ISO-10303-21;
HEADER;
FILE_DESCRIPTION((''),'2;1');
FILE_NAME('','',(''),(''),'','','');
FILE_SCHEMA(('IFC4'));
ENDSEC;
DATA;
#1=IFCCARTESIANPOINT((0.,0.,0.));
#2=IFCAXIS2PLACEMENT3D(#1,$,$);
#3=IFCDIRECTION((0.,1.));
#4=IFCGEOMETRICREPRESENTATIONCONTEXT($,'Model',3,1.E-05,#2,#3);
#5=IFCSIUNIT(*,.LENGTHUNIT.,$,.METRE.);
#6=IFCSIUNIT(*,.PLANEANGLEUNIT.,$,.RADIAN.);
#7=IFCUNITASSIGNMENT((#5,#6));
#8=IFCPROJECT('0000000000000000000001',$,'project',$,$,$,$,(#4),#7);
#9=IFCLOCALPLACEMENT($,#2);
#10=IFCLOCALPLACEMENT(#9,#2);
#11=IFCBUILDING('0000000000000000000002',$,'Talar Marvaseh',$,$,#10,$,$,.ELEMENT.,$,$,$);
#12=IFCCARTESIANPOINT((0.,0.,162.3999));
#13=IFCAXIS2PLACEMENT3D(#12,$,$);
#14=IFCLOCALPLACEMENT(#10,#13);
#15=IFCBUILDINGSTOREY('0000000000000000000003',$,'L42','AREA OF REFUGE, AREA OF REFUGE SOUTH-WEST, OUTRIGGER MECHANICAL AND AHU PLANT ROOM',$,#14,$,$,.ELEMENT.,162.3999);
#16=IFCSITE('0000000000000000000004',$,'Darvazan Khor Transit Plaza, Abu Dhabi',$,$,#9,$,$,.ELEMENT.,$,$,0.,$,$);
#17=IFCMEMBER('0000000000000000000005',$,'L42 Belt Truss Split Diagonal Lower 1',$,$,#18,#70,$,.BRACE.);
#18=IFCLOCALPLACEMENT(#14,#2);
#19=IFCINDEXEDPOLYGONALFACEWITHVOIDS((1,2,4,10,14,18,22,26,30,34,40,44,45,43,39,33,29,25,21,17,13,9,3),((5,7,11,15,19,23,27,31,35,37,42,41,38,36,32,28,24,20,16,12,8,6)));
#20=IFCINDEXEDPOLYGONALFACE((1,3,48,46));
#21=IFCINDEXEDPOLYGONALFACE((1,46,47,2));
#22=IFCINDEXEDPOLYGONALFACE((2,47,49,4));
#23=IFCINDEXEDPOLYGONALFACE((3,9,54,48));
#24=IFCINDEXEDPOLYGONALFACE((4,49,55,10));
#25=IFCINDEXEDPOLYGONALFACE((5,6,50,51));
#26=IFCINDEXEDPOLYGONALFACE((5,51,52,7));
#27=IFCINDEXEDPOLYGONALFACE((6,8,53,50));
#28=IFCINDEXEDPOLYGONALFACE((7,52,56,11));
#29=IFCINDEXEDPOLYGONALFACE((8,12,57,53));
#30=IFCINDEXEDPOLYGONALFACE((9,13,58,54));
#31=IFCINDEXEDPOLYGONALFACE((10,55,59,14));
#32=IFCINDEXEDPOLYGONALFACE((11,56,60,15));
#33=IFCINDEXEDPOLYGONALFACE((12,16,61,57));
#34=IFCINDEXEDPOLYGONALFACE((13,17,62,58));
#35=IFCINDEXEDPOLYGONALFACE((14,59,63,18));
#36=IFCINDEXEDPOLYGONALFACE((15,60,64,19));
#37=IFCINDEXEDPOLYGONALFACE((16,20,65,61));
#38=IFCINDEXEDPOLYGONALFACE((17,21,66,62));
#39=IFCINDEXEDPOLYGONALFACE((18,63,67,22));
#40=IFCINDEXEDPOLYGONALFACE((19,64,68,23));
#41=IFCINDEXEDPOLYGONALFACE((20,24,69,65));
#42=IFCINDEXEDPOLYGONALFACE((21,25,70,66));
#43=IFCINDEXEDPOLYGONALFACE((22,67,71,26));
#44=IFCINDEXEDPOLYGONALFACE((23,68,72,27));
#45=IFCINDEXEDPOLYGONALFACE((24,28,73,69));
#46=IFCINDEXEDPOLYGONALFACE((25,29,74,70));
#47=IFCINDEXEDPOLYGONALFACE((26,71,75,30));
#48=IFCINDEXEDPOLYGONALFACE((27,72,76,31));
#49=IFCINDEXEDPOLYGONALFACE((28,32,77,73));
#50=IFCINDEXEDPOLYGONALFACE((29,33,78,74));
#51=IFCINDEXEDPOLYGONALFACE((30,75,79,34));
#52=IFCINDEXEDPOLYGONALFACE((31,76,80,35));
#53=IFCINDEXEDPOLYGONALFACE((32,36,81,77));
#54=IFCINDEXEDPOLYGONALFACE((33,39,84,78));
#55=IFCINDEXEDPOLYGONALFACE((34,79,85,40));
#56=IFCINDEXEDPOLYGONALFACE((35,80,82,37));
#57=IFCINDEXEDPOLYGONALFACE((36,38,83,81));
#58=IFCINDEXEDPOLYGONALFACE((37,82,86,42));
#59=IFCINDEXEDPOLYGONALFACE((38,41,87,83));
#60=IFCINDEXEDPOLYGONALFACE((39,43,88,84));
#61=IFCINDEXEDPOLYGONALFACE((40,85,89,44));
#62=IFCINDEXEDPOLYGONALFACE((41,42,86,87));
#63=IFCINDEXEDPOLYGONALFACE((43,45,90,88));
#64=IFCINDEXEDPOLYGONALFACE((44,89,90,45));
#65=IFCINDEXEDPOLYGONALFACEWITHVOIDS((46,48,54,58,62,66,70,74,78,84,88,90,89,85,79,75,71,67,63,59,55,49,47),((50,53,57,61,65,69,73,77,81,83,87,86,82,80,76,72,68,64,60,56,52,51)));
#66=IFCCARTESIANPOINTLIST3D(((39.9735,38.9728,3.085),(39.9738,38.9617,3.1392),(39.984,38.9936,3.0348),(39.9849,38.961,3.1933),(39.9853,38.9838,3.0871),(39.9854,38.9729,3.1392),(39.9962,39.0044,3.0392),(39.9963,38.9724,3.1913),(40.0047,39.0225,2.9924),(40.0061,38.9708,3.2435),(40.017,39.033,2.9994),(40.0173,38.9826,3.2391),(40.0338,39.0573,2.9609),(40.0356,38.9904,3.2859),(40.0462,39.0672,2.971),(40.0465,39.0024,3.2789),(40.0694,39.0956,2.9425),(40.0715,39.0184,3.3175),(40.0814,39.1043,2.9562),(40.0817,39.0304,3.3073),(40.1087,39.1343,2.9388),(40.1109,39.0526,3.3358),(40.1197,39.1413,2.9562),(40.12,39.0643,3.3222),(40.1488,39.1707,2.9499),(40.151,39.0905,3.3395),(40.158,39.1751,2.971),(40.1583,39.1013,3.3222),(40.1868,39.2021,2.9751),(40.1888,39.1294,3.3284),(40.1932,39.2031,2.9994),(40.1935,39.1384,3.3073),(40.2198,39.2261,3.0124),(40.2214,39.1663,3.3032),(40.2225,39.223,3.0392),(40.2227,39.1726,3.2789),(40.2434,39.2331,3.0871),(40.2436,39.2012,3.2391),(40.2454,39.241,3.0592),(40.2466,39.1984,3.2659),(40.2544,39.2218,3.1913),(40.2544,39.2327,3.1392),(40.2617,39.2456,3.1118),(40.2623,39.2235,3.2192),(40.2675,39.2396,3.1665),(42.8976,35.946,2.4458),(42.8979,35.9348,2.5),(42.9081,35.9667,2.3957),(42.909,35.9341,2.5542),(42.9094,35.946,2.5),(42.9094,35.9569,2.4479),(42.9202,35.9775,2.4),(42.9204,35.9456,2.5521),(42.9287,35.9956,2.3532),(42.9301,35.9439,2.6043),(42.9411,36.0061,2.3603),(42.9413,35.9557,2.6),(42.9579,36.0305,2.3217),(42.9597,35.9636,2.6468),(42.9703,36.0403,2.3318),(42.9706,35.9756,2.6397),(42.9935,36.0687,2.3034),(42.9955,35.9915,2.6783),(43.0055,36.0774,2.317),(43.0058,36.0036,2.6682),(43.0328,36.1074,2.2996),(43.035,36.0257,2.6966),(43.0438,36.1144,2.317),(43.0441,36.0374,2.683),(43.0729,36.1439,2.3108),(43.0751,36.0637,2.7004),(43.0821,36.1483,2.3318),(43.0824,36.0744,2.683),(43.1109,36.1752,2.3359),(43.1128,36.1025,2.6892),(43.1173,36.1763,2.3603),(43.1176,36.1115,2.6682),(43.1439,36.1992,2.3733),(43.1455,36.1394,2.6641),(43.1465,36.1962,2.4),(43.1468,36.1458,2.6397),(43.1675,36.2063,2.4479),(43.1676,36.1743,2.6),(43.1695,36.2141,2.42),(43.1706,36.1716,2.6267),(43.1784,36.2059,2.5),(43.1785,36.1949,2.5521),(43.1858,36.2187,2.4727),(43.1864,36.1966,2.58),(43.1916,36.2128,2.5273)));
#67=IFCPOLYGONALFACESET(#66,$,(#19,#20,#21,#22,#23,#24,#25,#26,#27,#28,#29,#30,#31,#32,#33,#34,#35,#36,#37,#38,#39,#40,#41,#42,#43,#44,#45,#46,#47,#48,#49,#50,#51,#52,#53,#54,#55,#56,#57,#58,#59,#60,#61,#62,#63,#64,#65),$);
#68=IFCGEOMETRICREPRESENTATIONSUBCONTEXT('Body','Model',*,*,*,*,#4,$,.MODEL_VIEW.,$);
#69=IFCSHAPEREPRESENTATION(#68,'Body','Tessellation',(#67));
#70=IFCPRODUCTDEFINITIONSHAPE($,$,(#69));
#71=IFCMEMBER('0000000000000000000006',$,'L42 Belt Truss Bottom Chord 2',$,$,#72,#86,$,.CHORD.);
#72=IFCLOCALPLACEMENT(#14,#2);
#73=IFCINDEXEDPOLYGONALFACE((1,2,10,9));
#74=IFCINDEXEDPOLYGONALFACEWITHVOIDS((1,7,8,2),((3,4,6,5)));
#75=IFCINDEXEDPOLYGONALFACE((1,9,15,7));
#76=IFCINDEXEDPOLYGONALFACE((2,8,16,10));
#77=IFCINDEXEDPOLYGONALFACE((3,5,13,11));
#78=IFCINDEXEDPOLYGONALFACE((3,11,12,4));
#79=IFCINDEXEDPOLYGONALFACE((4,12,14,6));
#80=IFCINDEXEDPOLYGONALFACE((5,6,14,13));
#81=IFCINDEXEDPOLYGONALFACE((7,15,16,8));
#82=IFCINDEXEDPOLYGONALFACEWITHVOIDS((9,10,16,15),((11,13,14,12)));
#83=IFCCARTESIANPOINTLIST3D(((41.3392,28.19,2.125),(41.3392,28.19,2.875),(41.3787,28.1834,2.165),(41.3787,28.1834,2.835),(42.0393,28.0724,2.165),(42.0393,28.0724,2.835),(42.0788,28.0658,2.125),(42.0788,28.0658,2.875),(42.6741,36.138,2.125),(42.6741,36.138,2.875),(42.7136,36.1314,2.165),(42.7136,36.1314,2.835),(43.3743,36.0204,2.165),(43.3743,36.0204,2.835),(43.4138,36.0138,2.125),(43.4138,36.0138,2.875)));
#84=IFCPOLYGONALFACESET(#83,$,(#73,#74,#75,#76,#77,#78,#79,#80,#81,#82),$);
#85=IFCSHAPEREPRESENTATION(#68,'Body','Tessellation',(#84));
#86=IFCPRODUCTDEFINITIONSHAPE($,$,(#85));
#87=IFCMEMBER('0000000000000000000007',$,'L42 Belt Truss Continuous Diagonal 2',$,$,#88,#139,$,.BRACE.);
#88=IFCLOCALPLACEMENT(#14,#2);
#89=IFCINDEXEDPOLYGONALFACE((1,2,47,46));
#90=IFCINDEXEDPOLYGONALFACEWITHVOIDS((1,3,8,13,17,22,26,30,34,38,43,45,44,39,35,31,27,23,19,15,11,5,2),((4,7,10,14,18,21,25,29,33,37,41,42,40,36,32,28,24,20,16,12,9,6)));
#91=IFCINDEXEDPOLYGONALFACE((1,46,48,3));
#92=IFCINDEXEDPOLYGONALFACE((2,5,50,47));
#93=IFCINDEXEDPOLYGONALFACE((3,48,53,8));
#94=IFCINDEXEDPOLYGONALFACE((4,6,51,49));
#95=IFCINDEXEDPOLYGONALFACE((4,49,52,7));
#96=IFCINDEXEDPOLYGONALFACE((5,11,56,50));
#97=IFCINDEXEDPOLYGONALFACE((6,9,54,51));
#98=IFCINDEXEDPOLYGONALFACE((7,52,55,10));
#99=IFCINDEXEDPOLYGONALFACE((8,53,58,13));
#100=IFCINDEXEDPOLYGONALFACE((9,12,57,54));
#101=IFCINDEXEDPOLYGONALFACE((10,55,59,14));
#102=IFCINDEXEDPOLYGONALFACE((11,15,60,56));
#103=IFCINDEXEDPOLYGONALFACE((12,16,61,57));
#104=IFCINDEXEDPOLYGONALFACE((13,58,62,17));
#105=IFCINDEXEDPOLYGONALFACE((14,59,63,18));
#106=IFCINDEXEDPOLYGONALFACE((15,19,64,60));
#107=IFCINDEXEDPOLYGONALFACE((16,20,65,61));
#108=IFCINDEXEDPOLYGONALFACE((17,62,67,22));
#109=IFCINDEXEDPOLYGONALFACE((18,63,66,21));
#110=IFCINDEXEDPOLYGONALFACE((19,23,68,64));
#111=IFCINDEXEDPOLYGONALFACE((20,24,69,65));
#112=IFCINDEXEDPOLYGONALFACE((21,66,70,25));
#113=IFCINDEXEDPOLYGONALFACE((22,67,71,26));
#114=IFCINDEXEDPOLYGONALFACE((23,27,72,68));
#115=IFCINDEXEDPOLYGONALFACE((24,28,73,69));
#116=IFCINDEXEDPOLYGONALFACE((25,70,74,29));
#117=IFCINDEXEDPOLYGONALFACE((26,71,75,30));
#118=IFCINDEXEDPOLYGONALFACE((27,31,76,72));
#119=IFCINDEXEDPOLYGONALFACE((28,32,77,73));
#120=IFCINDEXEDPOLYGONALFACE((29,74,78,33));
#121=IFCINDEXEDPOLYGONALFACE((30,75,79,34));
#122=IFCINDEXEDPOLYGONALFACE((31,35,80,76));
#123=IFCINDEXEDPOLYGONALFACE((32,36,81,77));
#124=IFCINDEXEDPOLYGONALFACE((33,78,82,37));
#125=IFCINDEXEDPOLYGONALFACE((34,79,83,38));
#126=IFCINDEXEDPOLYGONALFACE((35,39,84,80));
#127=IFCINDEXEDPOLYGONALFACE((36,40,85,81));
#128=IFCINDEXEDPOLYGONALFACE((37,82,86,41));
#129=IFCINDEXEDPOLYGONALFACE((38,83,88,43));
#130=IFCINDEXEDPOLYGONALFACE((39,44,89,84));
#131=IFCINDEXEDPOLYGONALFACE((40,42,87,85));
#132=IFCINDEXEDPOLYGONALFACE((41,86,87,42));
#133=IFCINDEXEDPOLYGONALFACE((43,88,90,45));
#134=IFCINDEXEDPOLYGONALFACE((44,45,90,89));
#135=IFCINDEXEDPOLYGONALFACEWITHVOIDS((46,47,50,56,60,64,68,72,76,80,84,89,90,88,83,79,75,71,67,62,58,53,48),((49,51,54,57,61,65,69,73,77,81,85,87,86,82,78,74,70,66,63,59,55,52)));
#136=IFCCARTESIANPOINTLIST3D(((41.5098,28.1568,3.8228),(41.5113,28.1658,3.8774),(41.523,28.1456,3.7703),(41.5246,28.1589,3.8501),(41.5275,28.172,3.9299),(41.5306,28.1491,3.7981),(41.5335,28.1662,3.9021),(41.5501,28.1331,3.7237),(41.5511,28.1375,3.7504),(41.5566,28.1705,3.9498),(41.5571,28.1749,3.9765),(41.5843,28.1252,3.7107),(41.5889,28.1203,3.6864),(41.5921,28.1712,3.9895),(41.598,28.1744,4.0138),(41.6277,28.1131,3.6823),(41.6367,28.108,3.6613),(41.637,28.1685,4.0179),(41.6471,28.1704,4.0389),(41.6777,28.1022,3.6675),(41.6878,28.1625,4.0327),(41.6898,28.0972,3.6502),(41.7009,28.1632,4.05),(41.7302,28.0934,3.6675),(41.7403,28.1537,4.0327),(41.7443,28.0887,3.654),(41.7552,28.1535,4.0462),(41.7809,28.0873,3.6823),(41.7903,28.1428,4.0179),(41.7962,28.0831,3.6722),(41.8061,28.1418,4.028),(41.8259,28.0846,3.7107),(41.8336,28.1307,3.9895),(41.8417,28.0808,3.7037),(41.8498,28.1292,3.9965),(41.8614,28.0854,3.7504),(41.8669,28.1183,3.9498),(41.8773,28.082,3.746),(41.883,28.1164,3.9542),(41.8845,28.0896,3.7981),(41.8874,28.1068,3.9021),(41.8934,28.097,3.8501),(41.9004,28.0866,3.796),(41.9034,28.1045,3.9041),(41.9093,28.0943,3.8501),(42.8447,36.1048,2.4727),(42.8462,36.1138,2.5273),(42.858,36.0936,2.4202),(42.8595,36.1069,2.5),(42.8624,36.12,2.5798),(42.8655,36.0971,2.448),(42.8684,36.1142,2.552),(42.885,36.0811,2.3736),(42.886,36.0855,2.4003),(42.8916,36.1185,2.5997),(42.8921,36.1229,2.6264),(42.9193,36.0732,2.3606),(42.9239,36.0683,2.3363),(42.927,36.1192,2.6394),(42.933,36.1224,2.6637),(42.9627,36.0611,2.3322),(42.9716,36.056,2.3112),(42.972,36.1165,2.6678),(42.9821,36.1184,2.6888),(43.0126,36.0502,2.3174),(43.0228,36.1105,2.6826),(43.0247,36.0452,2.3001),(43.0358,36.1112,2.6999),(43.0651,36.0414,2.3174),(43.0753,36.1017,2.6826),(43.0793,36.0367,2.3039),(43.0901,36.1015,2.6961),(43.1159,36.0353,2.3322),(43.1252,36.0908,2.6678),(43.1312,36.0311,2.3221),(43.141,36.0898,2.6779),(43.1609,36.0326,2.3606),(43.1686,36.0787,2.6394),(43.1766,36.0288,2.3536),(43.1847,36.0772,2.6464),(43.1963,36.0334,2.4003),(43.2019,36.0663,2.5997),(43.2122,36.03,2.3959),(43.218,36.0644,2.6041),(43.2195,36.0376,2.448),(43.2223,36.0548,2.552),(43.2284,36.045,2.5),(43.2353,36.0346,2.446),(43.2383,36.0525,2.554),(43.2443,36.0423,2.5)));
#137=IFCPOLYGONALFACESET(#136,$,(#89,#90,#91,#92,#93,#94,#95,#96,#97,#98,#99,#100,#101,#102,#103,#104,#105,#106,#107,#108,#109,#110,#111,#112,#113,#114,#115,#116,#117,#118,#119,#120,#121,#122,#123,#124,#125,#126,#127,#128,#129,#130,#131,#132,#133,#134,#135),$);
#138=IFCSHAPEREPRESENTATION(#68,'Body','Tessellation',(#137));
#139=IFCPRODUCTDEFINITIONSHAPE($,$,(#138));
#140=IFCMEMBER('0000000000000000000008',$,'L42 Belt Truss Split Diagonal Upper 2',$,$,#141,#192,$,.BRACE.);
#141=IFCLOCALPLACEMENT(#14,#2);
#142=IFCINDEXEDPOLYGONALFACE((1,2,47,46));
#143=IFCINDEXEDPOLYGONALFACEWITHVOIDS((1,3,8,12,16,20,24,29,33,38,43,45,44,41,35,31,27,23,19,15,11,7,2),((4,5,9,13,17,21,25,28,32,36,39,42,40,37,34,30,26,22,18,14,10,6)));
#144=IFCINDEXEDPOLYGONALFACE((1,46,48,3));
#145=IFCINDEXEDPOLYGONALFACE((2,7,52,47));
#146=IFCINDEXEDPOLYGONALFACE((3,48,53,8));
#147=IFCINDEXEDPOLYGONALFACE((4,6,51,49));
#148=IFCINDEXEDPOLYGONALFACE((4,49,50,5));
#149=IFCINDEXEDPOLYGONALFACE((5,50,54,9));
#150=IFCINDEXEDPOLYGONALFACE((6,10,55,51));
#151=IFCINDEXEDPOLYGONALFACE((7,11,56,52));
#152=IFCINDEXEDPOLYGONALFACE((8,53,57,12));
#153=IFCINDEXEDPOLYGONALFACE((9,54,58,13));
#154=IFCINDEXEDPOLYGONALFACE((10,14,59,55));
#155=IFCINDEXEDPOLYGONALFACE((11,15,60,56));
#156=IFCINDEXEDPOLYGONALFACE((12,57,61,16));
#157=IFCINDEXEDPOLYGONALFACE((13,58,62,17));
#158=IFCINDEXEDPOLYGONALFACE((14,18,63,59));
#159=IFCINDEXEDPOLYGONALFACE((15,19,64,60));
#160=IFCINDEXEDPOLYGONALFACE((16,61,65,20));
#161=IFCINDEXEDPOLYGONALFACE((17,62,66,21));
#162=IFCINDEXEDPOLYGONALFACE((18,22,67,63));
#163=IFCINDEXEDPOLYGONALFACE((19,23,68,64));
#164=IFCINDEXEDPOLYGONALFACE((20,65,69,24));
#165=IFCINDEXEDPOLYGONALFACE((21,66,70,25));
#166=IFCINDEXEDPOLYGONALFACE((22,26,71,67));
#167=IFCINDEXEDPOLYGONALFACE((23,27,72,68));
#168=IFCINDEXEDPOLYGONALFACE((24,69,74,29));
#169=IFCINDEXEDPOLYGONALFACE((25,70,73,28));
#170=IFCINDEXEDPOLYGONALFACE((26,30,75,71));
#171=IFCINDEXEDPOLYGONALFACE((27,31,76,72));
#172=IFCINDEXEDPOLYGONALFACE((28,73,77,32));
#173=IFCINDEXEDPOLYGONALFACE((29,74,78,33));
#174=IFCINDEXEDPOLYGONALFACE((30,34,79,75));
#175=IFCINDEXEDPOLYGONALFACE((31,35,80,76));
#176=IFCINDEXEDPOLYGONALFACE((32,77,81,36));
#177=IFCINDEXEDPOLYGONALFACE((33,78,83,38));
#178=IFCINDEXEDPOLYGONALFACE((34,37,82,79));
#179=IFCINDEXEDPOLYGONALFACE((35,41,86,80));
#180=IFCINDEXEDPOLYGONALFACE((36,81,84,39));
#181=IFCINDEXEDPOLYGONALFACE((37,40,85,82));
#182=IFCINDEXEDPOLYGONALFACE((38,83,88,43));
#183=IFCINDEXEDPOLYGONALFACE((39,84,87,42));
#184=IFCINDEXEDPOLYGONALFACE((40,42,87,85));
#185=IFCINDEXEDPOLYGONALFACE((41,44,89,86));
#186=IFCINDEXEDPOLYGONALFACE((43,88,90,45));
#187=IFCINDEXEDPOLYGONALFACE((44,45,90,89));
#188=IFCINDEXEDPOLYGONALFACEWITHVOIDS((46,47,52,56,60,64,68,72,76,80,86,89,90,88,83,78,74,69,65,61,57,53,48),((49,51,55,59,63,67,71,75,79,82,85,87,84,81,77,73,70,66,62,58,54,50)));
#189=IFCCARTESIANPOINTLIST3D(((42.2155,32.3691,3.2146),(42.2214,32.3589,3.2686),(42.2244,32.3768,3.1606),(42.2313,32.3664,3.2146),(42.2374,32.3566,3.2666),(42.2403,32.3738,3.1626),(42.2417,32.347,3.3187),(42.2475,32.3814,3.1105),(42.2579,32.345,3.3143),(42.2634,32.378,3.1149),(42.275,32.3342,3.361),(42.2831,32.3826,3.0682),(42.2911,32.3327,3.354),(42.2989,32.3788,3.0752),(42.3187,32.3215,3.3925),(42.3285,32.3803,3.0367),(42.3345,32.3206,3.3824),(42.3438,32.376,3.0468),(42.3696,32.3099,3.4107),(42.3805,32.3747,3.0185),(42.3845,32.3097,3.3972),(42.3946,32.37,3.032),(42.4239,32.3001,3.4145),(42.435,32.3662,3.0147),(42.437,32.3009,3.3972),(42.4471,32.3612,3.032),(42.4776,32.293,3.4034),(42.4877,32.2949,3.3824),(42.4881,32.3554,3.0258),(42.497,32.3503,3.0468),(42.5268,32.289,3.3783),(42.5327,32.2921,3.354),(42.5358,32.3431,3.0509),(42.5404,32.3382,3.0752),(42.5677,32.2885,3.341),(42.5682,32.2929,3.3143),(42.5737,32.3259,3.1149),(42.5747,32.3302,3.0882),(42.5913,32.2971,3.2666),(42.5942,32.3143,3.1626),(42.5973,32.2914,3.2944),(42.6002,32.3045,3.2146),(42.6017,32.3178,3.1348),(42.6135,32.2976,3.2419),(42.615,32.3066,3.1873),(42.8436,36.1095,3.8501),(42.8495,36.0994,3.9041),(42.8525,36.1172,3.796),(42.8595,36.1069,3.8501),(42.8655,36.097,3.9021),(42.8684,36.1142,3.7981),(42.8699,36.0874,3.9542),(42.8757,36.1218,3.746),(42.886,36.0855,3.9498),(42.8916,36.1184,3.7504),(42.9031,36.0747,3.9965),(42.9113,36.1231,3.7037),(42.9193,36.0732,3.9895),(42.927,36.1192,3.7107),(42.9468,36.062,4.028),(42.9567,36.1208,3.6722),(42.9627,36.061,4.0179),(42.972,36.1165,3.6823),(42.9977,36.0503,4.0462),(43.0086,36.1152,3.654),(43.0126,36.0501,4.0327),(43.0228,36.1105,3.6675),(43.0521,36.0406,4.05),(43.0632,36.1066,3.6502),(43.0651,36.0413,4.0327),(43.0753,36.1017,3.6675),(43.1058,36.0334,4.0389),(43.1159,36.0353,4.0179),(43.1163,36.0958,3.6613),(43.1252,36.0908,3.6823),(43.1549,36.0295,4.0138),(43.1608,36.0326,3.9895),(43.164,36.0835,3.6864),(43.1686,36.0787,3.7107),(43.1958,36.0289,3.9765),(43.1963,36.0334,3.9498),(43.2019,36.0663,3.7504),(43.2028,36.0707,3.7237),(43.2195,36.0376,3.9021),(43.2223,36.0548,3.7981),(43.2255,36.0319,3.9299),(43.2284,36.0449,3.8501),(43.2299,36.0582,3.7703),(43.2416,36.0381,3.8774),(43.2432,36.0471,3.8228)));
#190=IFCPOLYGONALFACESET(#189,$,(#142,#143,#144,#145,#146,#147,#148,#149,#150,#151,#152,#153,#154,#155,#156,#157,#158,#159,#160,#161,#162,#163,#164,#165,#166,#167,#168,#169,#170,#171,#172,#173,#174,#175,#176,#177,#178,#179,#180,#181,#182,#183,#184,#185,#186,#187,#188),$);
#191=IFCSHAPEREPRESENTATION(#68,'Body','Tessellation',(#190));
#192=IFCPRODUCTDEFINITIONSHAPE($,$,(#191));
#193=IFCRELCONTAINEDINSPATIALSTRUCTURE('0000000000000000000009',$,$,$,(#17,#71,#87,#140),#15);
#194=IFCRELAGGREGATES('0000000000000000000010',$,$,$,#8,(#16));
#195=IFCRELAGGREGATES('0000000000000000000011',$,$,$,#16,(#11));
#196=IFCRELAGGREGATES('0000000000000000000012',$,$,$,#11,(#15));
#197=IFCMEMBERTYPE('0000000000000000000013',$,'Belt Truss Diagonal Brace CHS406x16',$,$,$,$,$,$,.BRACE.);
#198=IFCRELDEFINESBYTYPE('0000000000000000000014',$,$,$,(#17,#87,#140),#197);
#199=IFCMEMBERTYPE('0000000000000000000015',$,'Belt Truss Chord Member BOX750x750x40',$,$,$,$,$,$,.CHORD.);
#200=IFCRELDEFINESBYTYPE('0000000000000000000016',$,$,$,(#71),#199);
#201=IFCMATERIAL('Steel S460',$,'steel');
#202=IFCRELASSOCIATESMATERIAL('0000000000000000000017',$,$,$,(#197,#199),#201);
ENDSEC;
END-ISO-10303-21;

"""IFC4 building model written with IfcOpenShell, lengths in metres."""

from ifc_helpers import new_model, si_unit, direction, frame, origin, origin_2d, place, context, subcontext, project, spatial, hollow_rectangle, hollow_circle, extrude, source, transform, mapped, material, material_profile, profile_set, type_object, type_shapes, element, save


model = new_model("IFC4")

# Units and contexts
model_context = context("Model", 3, precision=1e-05, world=origin(), true_north=direction((0.0, 1.0)))
body_context = subcontext(model_context, "Body", "Model", "MODEL_VIEW")
ifc_project = project(units=[si_unit("LENGTHUNIT", "METRE"), si_unit("PLANEANGLEUNIT", "RADIAN")], contexts=[model_context])

# Site, building, storey
site_placement = place(None, origin())
site = spatial("IfcSite", under=ifc_project, at=site_placement, Name="Darvazan Khor Transit Plaza, Abu Dhabi", CompositionType="ELEMENT", RefElevation=0.0)
building_placement = place(site_placement, origin())
building = spatial("IfcBuilding", under=site, at=building_placement, Name="Talar Marvaseh", CompositionType="ELEMENT")
storey_placement = place(building_placement, frame((0.0, 0.0, 162.3999)))
storey = spatial("IfcBuildingStorey", under=building, at=storey_placement, Name="L42", Description="AREA OF REFUGE, AREA OF REFUGE SOUTH-WEST, OUTRIGGER MECHANICAL AND AHU PLANT ROOM", CompositionType="ELEMENT", Elevation=162.3999)

# Shared definitions
ifc_material_1 = material(Name="Steel S460", Category="steel")

# Members
ifc_material_profile_1 = material_profile(ifc_material_1, hollow_circle(Radius=0.2031, WallThickness=0.0161, at=origin_2d()), Name="CHS406x16")
ifc_profile_set_1 = profile_set([ifc_material_profile_1], Name="Steel S460")
member_type_1 = type_object("IfcMemberType", Name="Belt Truss Diagonal Brace CHS406x16", PredefinedType="BRACE", material=ifc_profile_set_1)
shared_shape_1 = source(origin(), body_context, "Body", "SweptSolid", [
    extrude(hollow_circle(Radius=0.2031, WallThickness=0.0161, at=origin_2d()), origin(), (0.0, 0.0, 1.0), 4.2568),
])
member_1_placement = place(storey_placement, frame((43.0439, 36.0759, 2.5), z_axis=(-0.686914, 0.711059, 0.150149), x_axis=(-0.719213, -0.69479, 0.0)))
element("IfcMember", 1, at=member_1_placement, inside=storey, type_object=member_type_1, Name="L42 Belt Truss Split Diagonal Lower 1", PredefinedType="BRACE", context=body_context, shape_type="MappedRepresentation", body=[
    mapped(shared_shape_1, transform((0.0, 0.0, 0.0), x_axis=(1.0, 0.0, 0.0), y_axis=(0.0, 1.0, 0.0), z_axis=(0.0, 0.0, 1.0), scale=1.0)),
])
ifc_material_profile_2 = material_profile(ifc_material_1, hollow_rectangle(XDim=0.75, YDim=0.75, WallThickness=0.04, at=origin_2d()), Name="BOX750x750x40")
ifc_profile_set_2 = profile_set([ifc_material_profile_2], Name="Steel S460")
member_type_2 = type_object("IfcMemberType", Name="Belt Truss Chord Member BOX750x750x40", PredefinedType="CHORD", material=ifc_profile_set_2)
shared_shape_2 = source(origin(), body_context, "Body", "SweptSolid", [
    extrude(hollow_rectangle(XDim=0.75, YDim=0.75, WallThickness=0.04, at=origin_2d()), origin(), (0.0, 0.0, 1.0), 8.0593),
])
type_shapes(member_type_2, [shared_shape_2])
member_2_placement = place(storey_placement, frame((43.0439, 36.0759, 2.5), z_axis=(-0.165642, -0.986186, 0.0), x_axis=(0.986186, -0.165642, 0.0)))
element("IfcMember", 2, at=member_2_placement, inside=storey, type_object=member_type_2, Name="L42 Belt Truss Bottom Chord 2", PredefinedType="CHORD", context=body_context, shape_type="MappedRepresentation", body=[
    mapped(shared_shape_2, transform((0.0, 0.0, 0.0), x_axis=(1.0, 0.0, 0.0), y_axis=(0.0, 1.0, 0.0), z_axis=(0.0, 0.0, 1.0), scale=1.0)),
])
shared_shape_3 = source(origin(), body_context, "Body", "SweptSolid", [
    extrude(hollow_circle(Radius=0.2031, WallThickness=0.0161, at=origin_2d()), origin(), (0.0, 0.0, 1.0), 8.1716),
])
member_3_placement = place(storey_placement, frame((43.0439, 36.0759, 2.5), z_axis=(-0.163365, -0.972633, 0.165218), x_axis=(0.986186, -0.165642, 0.0)))
element("IfcMember", 3, at=member_3_placement, inside=storey, type_object=member_type_1, Name="L42 Belt Truss Continuous Diagonal 2", PredefinedType="BRACE", context=body_context, shape_type="MappedRepresentation", body=[
    mapped(shared_shape_3, transform((0.0, 0.0, 0.0), x_axis=(1.0, 0.0, 0.0), y_axis=(0.0, 1.0, 0.0), z_axis=(0.0, 0.0, 1.0), scale=1.0)),
])
shared_shape_4 = source(origin(), body_context, "Body", "SweptSolid", [
    extrude(hollow_circle(Radius=0.2031, WallThickness=0.0161, at=origin_2d()), origin(), (0.0, 0.0, 1.0), 3.8457),
])
type_shapes(member_type_1, [shared_shape_1, shared_shape_3, shared_shape_4])
member_4_placement = place(storey_placement, frame((42.4158, 32.3354, 3.2146), z_axis=(0.163343, 0.972632, 0.165248), x_axis=(-0.98619, 0.16562, 0.0)))
element("IfcMember", 4, at=member_4_placement, inside=storey, type_object=member_type_1, Name="L42 Belt Truss Split Diagonal Upper 2", PredefinedType="BRACE", context=body_context, shape_type="MappedRepresentation", body=[
    mapped(shared_shape_4, transform((0.0, 0.0, 0.0), x_axis=(1.0, 0.0, 0.0), y_axis=(0.0, 1.0, 0.0), z_axis=(0.0, 0.0, 1.0), scale=1.0)),
])

save(model, "model.ifc")
